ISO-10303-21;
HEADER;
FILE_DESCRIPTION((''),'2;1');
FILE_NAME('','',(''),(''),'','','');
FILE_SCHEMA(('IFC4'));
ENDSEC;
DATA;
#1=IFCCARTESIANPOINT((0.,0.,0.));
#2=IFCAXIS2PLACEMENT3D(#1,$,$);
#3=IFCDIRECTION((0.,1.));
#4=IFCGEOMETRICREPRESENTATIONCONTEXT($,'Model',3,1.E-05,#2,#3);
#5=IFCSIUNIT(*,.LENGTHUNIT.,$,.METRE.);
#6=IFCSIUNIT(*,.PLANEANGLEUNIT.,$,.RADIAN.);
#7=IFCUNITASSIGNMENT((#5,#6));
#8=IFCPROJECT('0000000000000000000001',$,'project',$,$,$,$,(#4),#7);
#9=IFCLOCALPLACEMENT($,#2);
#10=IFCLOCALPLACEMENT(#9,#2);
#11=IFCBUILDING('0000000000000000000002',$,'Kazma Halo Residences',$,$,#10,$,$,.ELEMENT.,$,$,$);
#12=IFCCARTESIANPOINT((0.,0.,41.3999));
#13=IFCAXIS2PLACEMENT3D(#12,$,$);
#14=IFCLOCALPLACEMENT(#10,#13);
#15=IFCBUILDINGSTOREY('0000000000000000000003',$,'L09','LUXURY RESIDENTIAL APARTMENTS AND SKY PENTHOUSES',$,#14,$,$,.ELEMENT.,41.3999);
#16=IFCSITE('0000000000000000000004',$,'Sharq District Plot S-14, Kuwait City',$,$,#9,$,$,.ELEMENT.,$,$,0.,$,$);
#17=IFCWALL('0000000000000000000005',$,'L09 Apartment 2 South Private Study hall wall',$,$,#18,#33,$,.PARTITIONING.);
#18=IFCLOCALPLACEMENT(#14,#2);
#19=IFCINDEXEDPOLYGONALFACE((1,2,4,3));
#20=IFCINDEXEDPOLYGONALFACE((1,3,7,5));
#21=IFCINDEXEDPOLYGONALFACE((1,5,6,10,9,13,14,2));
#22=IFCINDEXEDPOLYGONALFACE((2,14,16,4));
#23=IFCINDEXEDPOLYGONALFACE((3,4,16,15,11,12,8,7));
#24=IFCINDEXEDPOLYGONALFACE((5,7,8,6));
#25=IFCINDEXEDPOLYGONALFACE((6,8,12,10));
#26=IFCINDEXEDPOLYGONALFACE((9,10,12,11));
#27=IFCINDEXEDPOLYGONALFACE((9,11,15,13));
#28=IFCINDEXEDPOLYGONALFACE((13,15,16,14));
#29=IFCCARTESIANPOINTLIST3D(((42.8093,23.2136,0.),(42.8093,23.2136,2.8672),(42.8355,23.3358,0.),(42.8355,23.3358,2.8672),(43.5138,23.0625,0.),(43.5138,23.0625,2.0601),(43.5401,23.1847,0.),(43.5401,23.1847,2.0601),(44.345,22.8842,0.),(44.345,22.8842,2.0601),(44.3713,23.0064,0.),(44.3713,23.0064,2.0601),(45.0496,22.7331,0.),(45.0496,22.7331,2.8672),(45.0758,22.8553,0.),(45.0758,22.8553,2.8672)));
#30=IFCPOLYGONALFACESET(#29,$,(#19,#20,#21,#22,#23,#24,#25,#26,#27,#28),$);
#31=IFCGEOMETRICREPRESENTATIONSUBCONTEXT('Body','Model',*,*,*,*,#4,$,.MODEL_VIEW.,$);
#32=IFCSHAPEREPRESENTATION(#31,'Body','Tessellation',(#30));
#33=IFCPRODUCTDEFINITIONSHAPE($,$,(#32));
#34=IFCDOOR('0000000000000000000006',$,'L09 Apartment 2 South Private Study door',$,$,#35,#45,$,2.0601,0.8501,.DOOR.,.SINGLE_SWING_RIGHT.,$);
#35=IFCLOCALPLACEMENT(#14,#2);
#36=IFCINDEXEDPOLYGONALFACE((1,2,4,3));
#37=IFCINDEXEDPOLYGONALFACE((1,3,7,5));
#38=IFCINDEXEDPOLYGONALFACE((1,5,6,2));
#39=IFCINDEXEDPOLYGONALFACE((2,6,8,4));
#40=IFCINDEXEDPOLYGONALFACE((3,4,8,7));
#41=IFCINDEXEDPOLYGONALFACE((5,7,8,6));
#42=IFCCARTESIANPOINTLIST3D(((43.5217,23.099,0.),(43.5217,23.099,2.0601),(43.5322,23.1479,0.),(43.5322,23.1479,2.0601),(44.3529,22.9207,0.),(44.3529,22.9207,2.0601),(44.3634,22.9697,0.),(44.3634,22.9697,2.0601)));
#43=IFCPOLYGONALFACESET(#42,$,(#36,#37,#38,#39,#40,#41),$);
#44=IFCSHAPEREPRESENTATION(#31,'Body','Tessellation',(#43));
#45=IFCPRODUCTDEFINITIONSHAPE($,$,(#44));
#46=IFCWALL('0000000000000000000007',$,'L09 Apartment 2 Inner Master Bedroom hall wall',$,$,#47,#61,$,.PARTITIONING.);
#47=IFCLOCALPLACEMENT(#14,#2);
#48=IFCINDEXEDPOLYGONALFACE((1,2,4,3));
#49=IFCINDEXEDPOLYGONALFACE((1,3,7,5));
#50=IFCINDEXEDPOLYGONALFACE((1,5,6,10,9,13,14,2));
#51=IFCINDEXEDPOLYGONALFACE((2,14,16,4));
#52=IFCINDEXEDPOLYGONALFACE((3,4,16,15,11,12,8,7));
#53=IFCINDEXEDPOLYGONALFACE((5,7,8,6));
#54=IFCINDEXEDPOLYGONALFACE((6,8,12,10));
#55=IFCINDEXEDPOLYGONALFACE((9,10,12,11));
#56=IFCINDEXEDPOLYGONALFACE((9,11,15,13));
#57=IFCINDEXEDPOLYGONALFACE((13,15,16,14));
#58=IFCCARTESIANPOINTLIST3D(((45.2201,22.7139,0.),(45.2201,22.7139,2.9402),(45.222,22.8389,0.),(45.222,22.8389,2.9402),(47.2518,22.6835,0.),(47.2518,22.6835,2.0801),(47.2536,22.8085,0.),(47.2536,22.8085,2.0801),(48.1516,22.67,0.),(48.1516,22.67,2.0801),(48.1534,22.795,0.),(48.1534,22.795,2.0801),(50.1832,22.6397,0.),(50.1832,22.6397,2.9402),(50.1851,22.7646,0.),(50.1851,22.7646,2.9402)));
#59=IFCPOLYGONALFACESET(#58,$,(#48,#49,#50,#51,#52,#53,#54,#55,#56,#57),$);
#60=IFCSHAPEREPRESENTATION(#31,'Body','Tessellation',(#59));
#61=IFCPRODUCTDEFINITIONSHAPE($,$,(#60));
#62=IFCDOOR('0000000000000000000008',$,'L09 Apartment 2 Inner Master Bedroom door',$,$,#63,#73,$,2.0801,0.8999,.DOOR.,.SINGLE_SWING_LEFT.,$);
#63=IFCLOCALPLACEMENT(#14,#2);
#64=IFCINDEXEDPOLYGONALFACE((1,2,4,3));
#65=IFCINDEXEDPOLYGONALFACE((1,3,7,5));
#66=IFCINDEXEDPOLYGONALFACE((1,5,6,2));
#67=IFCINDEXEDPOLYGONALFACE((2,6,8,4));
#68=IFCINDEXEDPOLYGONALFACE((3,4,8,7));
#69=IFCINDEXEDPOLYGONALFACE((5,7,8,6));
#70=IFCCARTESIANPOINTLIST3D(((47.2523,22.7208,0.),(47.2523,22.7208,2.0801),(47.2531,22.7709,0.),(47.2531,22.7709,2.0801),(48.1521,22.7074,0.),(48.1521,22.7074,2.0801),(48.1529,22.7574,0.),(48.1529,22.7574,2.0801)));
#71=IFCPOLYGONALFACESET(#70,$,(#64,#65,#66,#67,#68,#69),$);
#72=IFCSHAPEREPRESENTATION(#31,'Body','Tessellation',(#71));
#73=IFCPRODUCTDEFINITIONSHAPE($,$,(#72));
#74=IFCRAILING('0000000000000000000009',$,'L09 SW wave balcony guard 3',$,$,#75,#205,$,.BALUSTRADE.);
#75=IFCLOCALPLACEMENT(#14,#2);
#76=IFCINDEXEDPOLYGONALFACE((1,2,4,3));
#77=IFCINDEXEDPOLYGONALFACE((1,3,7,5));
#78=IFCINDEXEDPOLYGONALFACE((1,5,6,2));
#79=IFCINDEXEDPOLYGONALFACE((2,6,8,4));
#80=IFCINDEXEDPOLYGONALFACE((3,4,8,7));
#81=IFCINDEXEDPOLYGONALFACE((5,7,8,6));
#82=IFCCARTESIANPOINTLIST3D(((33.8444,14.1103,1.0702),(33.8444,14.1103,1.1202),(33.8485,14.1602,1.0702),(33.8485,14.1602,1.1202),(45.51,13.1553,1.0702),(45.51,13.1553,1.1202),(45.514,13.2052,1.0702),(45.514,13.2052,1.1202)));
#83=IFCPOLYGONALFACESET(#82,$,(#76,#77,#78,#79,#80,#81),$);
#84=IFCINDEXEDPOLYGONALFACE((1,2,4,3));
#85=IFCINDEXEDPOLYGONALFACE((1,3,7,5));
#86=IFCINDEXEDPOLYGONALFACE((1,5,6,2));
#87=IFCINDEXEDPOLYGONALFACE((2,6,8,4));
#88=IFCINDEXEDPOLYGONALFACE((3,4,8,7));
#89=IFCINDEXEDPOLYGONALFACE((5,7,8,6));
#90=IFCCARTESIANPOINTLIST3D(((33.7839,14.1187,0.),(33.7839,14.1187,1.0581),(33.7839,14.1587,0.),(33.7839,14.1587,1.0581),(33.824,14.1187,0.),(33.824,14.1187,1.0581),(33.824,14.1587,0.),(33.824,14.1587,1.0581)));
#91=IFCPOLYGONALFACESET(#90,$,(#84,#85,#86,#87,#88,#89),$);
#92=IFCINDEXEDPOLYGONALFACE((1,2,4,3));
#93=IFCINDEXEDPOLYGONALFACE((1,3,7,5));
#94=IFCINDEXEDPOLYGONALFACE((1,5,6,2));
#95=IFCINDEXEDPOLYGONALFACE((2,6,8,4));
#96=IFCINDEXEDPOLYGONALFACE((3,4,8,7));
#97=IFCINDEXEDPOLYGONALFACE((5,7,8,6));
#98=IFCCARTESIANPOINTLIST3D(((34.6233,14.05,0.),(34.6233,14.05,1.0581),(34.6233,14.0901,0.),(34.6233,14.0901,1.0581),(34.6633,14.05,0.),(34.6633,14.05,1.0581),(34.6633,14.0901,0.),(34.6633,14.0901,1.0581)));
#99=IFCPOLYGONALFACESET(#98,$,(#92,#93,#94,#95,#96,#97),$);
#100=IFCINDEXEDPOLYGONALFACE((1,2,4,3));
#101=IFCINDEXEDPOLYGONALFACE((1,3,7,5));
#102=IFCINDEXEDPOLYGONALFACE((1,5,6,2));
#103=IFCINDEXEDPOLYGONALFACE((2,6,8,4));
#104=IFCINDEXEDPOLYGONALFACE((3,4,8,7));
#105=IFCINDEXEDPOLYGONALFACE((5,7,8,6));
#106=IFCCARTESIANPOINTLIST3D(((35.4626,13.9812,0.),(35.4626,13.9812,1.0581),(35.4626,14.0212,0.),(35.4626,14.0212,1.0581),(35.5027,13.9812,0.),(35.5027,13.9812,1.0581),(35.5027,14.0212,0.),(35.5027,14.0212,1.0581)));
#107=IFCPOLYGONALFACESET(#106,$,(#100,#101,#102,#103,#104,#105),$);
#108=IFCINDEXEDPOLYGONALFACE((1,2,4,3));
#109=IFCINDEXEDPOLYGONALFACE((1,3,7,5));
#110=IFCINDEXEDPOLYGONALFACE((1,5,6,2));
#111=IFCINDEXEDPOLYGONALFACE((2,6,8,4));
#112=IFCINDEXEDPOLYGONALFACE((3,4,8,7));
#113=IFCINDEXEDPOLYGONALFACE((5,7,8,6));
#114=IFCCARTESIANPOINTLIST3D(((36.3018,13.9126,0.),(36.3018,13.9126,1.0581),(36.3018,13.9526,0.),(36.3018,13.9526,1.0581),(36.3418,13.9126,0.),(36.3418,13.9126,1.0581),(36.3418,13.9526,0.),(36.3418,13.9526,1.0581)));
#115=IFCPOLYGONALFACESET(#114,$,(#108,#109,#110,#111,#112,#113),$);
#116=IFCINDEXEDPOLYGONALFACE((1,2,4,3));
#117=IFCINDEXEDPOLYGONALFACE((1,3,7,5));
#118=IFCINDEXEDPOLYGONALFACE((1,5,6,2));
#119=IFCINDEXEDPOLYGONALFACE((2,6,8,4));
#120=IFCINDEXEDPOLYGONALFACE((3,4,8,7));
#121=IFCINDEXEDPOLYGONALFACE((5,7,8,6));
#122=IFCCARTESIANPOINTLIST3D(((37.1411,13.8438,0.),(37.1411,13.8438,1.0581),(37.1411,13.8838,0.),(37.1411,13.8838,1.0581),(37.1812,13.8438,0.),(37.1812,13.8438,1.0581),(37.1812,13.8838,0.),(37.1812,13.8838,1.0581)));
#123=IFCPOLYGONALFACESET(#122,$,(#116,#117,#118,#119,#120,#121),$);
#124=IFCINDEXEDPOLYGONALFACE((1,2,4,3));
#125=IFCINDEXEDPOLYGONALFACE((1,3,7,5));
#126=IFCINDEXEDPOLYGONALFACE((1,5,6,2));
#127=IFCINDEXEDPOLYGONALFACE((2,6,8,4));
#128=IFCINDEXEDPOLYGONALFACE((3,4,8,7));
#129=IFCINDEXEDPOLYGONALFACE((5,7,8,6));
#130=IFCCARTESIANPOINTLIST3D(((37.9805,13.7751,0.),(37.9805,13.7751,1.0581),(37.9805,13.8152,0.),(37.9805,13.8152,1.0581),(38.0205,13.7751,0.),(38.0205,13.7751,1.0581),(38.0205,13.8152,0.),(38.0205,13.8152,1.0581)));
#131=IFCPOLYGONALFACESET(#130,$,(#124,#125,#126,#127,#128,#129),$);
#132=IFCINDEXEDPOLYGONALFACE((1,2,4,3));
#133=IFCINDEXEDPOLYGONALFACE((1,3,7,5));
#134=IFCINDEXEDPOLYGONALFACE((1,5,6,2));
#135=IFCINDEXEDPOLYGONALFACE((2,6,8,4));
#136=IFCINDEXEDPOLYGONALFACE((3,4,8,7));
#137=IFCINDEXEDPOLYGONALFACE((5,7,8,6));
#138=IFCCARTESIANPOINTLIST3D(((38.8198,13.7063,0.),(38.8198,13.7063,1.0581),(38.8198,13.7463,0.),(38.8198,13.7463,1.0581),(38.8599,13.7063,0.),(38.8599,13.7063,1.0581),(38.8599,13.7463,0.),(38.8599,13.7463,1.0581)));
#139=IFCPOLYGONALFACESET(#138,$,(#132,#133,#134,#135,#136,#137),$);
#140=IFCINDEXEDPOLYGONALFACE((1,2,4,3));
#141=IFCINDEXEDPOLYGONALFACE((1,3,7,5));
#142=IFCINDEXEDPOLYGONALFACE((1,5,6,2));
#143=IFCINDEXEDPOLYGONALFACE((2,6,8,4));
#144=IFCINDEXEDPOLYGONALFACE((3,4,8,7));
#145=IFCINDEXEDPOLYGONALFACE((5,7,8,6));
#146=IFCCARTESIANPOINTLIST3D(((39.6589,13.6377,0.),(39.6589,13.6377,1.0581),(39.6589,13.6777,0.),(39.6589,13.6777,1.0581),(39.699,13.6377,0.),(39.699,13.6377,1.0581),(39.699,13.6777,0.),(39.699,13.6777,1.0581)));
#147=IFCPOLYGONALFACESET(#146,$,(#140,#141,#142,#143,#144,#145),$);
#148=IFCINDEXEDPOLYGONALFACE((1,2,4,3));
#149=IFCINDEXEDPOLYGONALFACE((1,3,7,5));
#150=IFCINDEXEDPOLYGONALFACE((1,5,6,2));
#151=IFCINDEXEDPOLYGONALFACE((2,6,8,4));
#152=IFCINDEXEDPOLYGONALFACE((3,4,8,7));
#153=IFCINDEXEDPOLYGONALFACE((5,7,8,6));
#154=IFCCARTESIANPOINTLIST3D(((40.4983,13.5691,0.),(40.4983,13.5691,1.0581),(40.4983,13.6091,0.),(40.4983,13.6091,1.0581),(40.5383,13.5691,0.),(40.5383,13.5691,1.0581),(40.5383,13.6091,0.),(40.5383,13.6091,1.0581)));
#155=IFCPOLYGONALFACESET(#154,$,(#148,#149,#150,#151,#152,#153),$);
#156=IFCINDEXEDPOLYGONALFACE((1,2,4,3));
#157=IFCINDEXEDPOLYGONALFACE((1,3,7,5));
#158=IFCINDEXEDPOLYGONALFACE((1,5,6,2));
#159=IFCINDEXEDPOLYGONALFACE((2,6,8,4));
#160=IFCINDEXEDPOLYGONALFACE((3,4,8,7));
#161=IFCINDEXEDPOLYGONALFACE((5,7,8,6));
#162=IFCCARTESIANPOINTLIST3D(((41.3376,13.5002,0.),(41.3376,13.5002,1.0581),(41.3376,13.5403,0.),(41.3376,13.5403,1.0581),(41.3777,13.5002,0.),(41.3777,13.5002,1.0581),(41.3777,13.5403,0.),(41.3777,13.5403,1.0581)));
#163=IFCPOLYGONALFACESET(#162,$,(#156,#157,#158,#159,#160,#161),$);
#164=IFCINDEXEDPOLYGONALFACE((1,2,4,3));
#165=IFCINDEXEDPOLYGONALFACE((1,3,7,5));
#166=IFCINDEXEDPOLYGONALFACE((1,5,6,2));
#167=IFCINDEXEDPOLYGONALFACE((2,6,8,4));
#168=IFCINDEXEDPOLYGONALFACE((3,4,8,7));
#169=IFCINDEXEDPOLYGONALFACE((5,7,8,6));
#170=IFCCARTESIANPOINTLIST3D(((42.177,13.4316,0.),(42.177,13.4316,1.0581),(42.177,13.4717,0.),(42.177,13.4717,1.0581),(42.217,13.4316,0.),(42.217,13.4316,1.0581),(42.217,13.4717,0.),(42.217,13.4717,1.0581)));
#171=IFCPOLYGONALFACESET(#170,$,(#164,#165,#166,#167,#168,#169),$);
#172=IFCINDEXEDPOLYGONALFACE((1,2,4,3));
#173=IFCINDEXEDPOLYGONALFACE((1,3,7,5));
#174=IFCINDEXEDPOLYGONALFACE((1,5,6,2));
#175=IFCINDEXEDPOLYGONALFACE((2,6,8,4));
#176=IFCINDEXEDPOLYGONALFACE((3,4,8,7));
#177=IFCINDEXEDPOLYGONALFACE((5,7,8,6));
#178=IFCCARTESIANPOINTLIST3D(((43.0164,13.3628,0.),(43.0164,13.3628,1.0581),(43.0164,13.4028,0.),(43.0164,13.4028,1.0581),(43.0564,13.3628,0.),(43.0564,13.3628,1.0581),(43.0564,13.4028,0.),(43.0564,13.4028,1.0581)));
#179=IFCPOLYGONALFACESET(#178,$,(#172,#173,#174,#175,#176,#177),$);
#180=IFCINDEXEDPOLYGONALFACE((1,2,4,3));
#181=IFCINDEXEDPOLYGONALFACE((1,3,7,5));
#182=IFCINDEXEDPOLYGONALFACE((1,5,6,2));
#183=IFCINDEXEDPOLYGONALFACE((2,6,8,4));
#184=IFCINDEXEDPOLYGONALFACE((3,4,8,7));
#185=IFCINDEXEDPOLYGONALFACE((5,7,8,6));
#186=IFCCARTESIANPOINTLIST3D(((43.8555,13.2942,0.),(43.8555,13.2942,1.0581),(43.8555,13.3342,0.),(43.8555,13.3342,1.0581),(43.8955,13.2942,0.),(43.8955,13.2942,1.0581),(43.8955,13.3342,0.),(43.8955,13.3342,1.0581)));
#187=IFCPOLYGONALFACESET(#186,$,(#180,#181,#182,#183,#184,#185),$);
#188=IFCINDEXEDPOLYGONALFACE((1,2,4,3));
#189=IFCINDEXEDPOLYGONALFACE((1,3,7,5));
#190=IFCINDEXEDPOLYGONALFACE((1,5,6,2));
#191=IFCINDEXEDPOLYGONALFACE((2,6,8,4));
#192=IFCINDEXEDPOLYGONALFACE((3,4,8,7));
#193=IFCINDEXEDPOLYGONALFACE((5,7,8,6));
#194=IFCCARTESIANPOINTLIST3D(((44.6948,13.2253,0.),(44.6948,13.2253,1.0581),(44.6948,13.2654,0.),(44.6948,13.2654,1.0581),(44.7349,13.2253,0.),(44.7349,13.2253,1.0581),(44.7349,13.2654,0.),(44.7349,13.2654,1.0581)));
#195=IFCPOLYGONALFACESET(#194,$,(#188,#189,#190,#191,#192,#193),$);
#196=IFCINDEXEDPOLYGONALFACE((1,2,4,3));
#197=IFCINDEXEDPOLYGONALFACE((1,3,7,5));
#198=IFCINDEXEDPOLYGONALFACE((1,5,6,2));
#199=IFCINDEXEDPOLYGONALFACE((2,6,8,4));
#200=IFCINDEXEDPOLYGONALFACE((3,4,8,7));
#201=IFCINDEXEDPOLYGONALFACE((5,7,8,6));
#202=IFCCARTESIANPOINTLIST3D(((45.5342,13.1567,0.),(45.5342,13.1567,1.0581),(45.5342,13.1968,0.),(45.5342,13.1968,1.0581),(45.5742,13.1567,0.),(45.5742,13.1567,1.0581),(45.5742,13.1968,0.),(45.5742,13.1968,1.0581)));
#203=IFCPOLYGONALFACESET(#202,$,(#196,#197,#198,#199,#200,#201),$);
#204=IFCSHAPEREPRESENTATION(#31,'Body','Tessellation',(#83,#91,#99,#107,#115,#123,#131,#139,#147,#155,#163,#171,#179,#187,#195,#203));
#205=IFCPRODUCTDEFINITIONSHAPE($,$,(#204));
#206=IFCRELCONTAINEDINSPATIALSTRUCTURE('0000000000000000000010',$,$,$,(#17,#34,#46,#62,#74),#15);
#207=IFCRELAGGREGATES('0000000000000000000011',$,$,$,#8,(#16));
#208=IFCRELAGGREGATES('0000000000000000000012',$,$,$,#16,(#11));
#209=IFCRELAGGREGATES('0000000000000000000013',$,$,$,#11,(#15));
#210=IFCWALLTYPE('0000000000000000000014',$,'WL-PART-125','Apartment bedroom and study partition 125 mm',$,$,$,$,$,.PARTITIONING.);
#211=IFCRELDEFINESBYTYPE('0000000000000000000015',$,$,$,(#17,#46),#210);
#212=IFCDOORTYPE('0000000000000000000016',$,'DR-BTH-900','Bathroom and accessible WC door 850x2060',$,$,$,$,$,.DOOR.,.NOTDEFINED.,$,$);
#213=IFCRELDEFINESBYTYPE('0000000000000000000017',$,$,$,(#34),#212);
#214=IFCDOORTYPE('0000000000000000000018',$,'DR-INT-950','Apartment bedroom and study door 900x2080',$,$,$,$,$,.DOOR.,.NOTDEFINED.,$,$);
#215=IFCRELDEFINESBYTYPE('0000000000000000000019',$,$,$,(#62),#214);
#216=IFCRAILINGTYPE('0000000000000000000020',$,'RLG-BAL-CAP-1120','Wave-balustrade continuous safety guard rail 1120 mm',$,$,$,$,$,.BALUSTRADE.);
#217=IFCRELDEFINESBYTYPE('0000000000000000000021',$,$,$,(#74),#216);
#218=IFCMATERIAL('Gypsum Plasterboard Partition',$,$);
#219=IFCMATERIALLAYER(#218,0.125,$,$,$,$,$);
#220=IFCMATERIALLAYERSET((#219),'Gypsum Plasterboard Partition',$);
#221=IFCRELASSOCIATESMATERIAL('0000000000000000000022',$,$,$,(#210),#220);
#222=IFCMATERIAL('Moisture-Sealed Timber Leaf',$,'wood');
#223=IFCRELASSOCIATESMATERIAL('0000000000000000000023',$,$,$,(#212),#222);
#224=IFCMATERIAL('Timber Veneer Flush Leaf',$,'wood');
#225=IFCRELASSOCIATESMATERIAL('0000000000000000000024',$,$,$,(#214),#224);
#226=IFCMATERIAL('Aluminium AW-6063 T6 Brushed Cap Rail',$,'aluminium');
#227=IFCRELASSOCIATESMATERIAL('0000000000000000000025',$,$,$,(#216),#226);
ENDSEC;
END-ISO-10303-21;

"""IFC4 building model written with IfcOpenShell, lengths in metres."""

from ifc_helpers import new_model, si_unit, direction, frame, frame_2d, origin, origin_2d, place, context, subcontext, project, spatial, rectangle, extrude, material, layer, layer_set, type_object, element, fill, save


model = new_model("IFC4")

# Units and contexts
model_context = context("Model", 3, precision=1e-05, world=origin(), true_north=direction((0.0, 1.0)))
body_context = subcontext(model_context, "Body", "Model", "MODEL_VIEW")
ifc_project = project(units=[si_unit("LENGTHUNIT", "METRE"), si_unit("PLANEANGLEUNIT", "RADIAN")], contexts=[model_context])

# Site, building, storey
site_placement = place(None, origin())
site = spatial("IfcSite", under=ifc_project, at=site_placement, Name="Sharq District Plot S-14, Kuwait City", CompositionType="ELEMENT", RefElevation=0.0)
building_placement = place(site_placement, origin())
building = spatial("IfcBuilding", under=site, at=building_placement, Name="Kazma Halo Residences", CompositionType="ELEMENT")
storey_placement = place(building_placement, frame((0.0, 0.0, 41.3999)))
storey = spatial("IfcBuildingStorey", under=building, at=storey_placement, Name="L09", Description="LUXURY RESIDENTIAL APARTMENTS AND SKY PENTHOUSES", CompositionType="ELEMENT", Elevation=41.3999)

# Shared definitions
ifc_material_1 = material(Name="Gypsum Plasterboard Partition")
ifc_layer_1 = layer(ifc_material_1, 0.125)
ifc_layer_set_1 = layer_set([ifc_layer_1], Name="Gypsum Plasterboard Partition")
wall_type_1 = type_object("IfcWallType", Name="WL-PART-125", Description="Apartment bedroom and study partition 125 mm", PredefinedType="PARTITIONING", material=ifc_layer_set_1)

# Shared definitions
ifc_material_2 = material(Name="Moisture-Sealed Timber Leaf", Category="wood")
door_type_1 = type_object("IfcDoorType", Name="DR-BTH-900", Description="Bathroom and accessible WC door 850x2060", OperationType="NOTDEFINED", PredefinedType="DOOR", material=ifc_material_2)

# Walls, openings, doors
wall_1_placement = place(storey_placement, frame((42.8225, 23.2747, 0.0), z_axis=(0.0, 0.0, 1.0), x_axis=(0.977765, -0.209704, 0.0)))
wall_1 = element("IfcWall", 1, at=wall_1_placement, inside=storey, type_object=wall_type_1, Name="L09 Apartment 2 South Private Study hall wall", PredefinedType="PARTITIONING", context=body_context, shape_type="SweptSolid", body=[
    extrude(rectangle(XDim=2.2913, YDim=0.125, at=frame_2d((1.1455, 0.0))), origin(), (0.0, 0.0, 1.0), 2.8672),
])
opening_1_placement = place(wall_1_placement, frame((0.7205, 0.0, 0.0)))
opening_1 = element("IfcOpeningElement", 2, at=opening_1_placement, cuts=wall_1, PredefinedType="OPENING", context=body_context, shape_type="SweptSolid", body=[
    extrude(rectangle(XDim=0.8501, YDim=2.0601, at=frame_2d((0.425, 1.03))), frame((0.0, 0.0725, 0.0), z_axis=(0.0, -1.0, 0.0), x_axis=(1.0, 0.0, 0.0)), (0.0, 0.0, 1.0), 0.145),
])
door_1_placement = place(opening_1_placement, origin())
door_1 = element("IfcDoor", 3, at=door_1_placement, inside=storey, type_object=door_type_1, Name="L09 Apartment 2 South Private Study door", OperationType="SINGLE_SWING_RIGHT", OverallHeight=2.0601, OverallWidth=0.8501, PredefinedType="DOOR", context=body_context, shape_type="SweptSolid", body=[
    extrude(rectangle(XDim=0.8501, YDim=2.0601, at=frame_2d((0.425, 1.03))), frame((0.0, 0.0249, 0.0), z_axis=(0.0, -1.0, 0.0), x_axis=(1.0, 0.0, 0.0)), (0.0, 0.0, 1.0), 0.05),
])
fill(opening_1, door_1)
wall_2_placement = place(storey_placement, frame((45.2209, 22.7764, 0.0), z_axis=(0.0, 0.0, 1.0), x_axis=(0.999888, -0.014952, 0.0)))
wall_2 = element("IfcWall", 4, at=wall_2_placement, inside=storey, type_object=wall_type_1, Name="L09 Apartment 2 Inner Master Bedroom hall wall", PredefinedType="PARTITIONING", context=body_context, shape_type="SweptSolid", body=[
    extrude(rectangle(XDim=4.9636, YDim=0.125, at=frame_2d((2.4819, 0.0))), origin(), (0.0, 0.0, 1.0), 2.9402),
])
opening_2_placement = place(wall_2_placement, frame((2.032, 0.0, 0.0)))
opening_2 = element("IfcOpeningElement", 5, at=opening_2_placement, cuts=wall_2, PredefinedType="OPENING", context=body_context, shape_type="SweptSolid", body=[
    extrude(rectangle(XDim=0.8999, YDim=2.0801, at=frame_2d((0.45, 1.04))), frame((0.0, 0.0725, 0.0), z_axis=(0.0, -1.0, 0.0), x_axis=(1.0, 0.0, 0.0)), (0.0, 0.0, 1.0), 0.145),
])
ifc_material_3 = material(Name="Timber Veneer Flush Leaf", Category="wood")
door_type_2 = type_object("IfcDoorType", Name="DR-INT-950", Description="Apartment bedroom and study door 900x2080", OperationType="NOTDEFINED", PredefinedType="DOOR", material=ifc_material_3)
door_2_placement = place(opening_2_placement, origin())
door_2 = element("IfcDoor", 6, at=door_2_placement, inside=storey, type_object=door_type_2, Name="L09 Apartment 2 Inner Master Bedroom door", OperationType="SINGLE_SWING_LEFT", OverallHeight=2.0801, OverallWidth=0.8999, PredefinedType="DOOR", context=body_context, shape_type="SweptSolid", body=[
    extrude(rectangle(XDim=0.8999, YDim=2.0801, at=frame_2d((0.45, 1.04))), frame((0.0, 0.0249, 0.0), z_axis=(0.0, -1.0, 0.0), x_axis=(1.0, 0.0, 0.0)), (0.0, 0.0, 1.0), 0.05),
])
fill(opening_2, door_2)

# Railing
ifc_material_4 = material(Name="Aluminium AW-6063 T6 Brushed Cap Rail", Category="aluminium")
railing_type = type_object("IfcRailingType", Name="RLG-BAL-CAP-1120", Description="Wave-balustrade continuous safety guard rail 1120 mm", PredefinedType="BALUSTRADE", material=ifc_material_4)
railing_1_placement = place(storey_placement, frame((33.804, 14.1387, 0.0)))
element("IfcRailing", 7, at=railing_1_placement, inside=storey, type_object=railing_type, Name="L09 SW wave balcony guard 3", PredefinedType="BALUSTRADE", context=body_context, shape_type="SweptSolid", body=[
    extrude(rectangle(XDim=0.05, YDim=0.05, at=origin_2d()), frame((0.0425, -0.0034, 1.0952), z_axis=(0.996666, -0.08159, 0.0), x_axis=(0.08159, 0.996666, 0.0)), (0.0, 0.0, 1.0), 11.7046),
    extrude(rectangle(XDim=0.04, YDim=0.04, at=origin_2d()), origin(), (0.0, 0.0, 1.0), 1.0581),
    extrude(rectangle(XDim=0.04, YDim=0.04, at=origin_2d()), frame((0.8394, -0.0686, 0.0)), (0.0, 0.0, 1.0), 1.0581),
    extrude(rectangle(XDim=0.04, YDim=0.04, at=origin_2d()), frame((1.6787, -0.1375, 0.0)), (0.0, 0.0, 1.0), 1.0581),
    extrude(rectangle(XDim=0.04, YDim=0.04, at=origin_2d()), frame((2.5178, -0.2061, 0.0)), (0.0, 0.0, 1.0), 1.0581),
    extrude(rectangle(XDim=0.04, YDim=0.04, at=origin_2d()), frame((3.3572, -0.2749, 0.0)), (0.0, 0.0, 1.0), 1.0581),
    extrude(rectangle(XDim=0.04, YDim=0.04, at=origin_2d()), frame((4.1965, -0.3435, 0.0)), (0.0, 0.0, 1.0), 1.0581),
    extrude(rectangle(XDim=0.04, YDim=0.04, at=origin_2d()), frame((5.0359, -0.4124, 0.0)), (0.0, 0.0, 1.0), 1.0581),
    extrude(rectangle(XDim=0.04, YDim=0.04, at=origin_2d()), frame((5.875, -0.481, 0.0)), (0.0, 0.0, 1.0), 1.0581),
    extrude(rectangle(XDim=0.04, YDim=0.04, at=origin_2d()), frame((6.7144, -0.5496, 0.0)), (0.0, 0.0, 1.0), 1.0581),
    extrude(rectangle(XDim=0.04, YDim=0.04, at=origin_2d()), frame((7.5537, -0.6184, 0.0)), (0.0, 0.0, 1.0), 1.0581),
    extrude(rectangle(XDim=0.04, YDim=0.04, at=origin_2d()), frame((8.3931, -0.687, 0.0)), (0.0, 0.0, 1.0), 1.0581),
    extrude(rectangle(XDim=0.04, YDim=0.04, at=origin_2d()), frame((9.2324, -0.7559, 0.0)), (0.0, 0.0, 1.0), 1.0581),
    extrude(rectangle(XDim=0.04, YDim=0.04, at=origin_2d()), frame((10.0715, -0.8245, 0.0)), (0.0, 0.0, 1.0), 1.0581),
    extrude(rectangle(XDim=0.04, YDim=0.04, at=origin_2d()), frame((10.9109, -0.8933, 0.0)), (0.0, 0.0, 1.0), 1.0581),
    extrude(rectangle(XDim=0.04, YDim=0.04, at=origin_2d()), frame((11.7502, -0.9619, 0.0)), (0.0, 0.0, 1.0), 1.0581),
])

save(model, "model.ifc")
